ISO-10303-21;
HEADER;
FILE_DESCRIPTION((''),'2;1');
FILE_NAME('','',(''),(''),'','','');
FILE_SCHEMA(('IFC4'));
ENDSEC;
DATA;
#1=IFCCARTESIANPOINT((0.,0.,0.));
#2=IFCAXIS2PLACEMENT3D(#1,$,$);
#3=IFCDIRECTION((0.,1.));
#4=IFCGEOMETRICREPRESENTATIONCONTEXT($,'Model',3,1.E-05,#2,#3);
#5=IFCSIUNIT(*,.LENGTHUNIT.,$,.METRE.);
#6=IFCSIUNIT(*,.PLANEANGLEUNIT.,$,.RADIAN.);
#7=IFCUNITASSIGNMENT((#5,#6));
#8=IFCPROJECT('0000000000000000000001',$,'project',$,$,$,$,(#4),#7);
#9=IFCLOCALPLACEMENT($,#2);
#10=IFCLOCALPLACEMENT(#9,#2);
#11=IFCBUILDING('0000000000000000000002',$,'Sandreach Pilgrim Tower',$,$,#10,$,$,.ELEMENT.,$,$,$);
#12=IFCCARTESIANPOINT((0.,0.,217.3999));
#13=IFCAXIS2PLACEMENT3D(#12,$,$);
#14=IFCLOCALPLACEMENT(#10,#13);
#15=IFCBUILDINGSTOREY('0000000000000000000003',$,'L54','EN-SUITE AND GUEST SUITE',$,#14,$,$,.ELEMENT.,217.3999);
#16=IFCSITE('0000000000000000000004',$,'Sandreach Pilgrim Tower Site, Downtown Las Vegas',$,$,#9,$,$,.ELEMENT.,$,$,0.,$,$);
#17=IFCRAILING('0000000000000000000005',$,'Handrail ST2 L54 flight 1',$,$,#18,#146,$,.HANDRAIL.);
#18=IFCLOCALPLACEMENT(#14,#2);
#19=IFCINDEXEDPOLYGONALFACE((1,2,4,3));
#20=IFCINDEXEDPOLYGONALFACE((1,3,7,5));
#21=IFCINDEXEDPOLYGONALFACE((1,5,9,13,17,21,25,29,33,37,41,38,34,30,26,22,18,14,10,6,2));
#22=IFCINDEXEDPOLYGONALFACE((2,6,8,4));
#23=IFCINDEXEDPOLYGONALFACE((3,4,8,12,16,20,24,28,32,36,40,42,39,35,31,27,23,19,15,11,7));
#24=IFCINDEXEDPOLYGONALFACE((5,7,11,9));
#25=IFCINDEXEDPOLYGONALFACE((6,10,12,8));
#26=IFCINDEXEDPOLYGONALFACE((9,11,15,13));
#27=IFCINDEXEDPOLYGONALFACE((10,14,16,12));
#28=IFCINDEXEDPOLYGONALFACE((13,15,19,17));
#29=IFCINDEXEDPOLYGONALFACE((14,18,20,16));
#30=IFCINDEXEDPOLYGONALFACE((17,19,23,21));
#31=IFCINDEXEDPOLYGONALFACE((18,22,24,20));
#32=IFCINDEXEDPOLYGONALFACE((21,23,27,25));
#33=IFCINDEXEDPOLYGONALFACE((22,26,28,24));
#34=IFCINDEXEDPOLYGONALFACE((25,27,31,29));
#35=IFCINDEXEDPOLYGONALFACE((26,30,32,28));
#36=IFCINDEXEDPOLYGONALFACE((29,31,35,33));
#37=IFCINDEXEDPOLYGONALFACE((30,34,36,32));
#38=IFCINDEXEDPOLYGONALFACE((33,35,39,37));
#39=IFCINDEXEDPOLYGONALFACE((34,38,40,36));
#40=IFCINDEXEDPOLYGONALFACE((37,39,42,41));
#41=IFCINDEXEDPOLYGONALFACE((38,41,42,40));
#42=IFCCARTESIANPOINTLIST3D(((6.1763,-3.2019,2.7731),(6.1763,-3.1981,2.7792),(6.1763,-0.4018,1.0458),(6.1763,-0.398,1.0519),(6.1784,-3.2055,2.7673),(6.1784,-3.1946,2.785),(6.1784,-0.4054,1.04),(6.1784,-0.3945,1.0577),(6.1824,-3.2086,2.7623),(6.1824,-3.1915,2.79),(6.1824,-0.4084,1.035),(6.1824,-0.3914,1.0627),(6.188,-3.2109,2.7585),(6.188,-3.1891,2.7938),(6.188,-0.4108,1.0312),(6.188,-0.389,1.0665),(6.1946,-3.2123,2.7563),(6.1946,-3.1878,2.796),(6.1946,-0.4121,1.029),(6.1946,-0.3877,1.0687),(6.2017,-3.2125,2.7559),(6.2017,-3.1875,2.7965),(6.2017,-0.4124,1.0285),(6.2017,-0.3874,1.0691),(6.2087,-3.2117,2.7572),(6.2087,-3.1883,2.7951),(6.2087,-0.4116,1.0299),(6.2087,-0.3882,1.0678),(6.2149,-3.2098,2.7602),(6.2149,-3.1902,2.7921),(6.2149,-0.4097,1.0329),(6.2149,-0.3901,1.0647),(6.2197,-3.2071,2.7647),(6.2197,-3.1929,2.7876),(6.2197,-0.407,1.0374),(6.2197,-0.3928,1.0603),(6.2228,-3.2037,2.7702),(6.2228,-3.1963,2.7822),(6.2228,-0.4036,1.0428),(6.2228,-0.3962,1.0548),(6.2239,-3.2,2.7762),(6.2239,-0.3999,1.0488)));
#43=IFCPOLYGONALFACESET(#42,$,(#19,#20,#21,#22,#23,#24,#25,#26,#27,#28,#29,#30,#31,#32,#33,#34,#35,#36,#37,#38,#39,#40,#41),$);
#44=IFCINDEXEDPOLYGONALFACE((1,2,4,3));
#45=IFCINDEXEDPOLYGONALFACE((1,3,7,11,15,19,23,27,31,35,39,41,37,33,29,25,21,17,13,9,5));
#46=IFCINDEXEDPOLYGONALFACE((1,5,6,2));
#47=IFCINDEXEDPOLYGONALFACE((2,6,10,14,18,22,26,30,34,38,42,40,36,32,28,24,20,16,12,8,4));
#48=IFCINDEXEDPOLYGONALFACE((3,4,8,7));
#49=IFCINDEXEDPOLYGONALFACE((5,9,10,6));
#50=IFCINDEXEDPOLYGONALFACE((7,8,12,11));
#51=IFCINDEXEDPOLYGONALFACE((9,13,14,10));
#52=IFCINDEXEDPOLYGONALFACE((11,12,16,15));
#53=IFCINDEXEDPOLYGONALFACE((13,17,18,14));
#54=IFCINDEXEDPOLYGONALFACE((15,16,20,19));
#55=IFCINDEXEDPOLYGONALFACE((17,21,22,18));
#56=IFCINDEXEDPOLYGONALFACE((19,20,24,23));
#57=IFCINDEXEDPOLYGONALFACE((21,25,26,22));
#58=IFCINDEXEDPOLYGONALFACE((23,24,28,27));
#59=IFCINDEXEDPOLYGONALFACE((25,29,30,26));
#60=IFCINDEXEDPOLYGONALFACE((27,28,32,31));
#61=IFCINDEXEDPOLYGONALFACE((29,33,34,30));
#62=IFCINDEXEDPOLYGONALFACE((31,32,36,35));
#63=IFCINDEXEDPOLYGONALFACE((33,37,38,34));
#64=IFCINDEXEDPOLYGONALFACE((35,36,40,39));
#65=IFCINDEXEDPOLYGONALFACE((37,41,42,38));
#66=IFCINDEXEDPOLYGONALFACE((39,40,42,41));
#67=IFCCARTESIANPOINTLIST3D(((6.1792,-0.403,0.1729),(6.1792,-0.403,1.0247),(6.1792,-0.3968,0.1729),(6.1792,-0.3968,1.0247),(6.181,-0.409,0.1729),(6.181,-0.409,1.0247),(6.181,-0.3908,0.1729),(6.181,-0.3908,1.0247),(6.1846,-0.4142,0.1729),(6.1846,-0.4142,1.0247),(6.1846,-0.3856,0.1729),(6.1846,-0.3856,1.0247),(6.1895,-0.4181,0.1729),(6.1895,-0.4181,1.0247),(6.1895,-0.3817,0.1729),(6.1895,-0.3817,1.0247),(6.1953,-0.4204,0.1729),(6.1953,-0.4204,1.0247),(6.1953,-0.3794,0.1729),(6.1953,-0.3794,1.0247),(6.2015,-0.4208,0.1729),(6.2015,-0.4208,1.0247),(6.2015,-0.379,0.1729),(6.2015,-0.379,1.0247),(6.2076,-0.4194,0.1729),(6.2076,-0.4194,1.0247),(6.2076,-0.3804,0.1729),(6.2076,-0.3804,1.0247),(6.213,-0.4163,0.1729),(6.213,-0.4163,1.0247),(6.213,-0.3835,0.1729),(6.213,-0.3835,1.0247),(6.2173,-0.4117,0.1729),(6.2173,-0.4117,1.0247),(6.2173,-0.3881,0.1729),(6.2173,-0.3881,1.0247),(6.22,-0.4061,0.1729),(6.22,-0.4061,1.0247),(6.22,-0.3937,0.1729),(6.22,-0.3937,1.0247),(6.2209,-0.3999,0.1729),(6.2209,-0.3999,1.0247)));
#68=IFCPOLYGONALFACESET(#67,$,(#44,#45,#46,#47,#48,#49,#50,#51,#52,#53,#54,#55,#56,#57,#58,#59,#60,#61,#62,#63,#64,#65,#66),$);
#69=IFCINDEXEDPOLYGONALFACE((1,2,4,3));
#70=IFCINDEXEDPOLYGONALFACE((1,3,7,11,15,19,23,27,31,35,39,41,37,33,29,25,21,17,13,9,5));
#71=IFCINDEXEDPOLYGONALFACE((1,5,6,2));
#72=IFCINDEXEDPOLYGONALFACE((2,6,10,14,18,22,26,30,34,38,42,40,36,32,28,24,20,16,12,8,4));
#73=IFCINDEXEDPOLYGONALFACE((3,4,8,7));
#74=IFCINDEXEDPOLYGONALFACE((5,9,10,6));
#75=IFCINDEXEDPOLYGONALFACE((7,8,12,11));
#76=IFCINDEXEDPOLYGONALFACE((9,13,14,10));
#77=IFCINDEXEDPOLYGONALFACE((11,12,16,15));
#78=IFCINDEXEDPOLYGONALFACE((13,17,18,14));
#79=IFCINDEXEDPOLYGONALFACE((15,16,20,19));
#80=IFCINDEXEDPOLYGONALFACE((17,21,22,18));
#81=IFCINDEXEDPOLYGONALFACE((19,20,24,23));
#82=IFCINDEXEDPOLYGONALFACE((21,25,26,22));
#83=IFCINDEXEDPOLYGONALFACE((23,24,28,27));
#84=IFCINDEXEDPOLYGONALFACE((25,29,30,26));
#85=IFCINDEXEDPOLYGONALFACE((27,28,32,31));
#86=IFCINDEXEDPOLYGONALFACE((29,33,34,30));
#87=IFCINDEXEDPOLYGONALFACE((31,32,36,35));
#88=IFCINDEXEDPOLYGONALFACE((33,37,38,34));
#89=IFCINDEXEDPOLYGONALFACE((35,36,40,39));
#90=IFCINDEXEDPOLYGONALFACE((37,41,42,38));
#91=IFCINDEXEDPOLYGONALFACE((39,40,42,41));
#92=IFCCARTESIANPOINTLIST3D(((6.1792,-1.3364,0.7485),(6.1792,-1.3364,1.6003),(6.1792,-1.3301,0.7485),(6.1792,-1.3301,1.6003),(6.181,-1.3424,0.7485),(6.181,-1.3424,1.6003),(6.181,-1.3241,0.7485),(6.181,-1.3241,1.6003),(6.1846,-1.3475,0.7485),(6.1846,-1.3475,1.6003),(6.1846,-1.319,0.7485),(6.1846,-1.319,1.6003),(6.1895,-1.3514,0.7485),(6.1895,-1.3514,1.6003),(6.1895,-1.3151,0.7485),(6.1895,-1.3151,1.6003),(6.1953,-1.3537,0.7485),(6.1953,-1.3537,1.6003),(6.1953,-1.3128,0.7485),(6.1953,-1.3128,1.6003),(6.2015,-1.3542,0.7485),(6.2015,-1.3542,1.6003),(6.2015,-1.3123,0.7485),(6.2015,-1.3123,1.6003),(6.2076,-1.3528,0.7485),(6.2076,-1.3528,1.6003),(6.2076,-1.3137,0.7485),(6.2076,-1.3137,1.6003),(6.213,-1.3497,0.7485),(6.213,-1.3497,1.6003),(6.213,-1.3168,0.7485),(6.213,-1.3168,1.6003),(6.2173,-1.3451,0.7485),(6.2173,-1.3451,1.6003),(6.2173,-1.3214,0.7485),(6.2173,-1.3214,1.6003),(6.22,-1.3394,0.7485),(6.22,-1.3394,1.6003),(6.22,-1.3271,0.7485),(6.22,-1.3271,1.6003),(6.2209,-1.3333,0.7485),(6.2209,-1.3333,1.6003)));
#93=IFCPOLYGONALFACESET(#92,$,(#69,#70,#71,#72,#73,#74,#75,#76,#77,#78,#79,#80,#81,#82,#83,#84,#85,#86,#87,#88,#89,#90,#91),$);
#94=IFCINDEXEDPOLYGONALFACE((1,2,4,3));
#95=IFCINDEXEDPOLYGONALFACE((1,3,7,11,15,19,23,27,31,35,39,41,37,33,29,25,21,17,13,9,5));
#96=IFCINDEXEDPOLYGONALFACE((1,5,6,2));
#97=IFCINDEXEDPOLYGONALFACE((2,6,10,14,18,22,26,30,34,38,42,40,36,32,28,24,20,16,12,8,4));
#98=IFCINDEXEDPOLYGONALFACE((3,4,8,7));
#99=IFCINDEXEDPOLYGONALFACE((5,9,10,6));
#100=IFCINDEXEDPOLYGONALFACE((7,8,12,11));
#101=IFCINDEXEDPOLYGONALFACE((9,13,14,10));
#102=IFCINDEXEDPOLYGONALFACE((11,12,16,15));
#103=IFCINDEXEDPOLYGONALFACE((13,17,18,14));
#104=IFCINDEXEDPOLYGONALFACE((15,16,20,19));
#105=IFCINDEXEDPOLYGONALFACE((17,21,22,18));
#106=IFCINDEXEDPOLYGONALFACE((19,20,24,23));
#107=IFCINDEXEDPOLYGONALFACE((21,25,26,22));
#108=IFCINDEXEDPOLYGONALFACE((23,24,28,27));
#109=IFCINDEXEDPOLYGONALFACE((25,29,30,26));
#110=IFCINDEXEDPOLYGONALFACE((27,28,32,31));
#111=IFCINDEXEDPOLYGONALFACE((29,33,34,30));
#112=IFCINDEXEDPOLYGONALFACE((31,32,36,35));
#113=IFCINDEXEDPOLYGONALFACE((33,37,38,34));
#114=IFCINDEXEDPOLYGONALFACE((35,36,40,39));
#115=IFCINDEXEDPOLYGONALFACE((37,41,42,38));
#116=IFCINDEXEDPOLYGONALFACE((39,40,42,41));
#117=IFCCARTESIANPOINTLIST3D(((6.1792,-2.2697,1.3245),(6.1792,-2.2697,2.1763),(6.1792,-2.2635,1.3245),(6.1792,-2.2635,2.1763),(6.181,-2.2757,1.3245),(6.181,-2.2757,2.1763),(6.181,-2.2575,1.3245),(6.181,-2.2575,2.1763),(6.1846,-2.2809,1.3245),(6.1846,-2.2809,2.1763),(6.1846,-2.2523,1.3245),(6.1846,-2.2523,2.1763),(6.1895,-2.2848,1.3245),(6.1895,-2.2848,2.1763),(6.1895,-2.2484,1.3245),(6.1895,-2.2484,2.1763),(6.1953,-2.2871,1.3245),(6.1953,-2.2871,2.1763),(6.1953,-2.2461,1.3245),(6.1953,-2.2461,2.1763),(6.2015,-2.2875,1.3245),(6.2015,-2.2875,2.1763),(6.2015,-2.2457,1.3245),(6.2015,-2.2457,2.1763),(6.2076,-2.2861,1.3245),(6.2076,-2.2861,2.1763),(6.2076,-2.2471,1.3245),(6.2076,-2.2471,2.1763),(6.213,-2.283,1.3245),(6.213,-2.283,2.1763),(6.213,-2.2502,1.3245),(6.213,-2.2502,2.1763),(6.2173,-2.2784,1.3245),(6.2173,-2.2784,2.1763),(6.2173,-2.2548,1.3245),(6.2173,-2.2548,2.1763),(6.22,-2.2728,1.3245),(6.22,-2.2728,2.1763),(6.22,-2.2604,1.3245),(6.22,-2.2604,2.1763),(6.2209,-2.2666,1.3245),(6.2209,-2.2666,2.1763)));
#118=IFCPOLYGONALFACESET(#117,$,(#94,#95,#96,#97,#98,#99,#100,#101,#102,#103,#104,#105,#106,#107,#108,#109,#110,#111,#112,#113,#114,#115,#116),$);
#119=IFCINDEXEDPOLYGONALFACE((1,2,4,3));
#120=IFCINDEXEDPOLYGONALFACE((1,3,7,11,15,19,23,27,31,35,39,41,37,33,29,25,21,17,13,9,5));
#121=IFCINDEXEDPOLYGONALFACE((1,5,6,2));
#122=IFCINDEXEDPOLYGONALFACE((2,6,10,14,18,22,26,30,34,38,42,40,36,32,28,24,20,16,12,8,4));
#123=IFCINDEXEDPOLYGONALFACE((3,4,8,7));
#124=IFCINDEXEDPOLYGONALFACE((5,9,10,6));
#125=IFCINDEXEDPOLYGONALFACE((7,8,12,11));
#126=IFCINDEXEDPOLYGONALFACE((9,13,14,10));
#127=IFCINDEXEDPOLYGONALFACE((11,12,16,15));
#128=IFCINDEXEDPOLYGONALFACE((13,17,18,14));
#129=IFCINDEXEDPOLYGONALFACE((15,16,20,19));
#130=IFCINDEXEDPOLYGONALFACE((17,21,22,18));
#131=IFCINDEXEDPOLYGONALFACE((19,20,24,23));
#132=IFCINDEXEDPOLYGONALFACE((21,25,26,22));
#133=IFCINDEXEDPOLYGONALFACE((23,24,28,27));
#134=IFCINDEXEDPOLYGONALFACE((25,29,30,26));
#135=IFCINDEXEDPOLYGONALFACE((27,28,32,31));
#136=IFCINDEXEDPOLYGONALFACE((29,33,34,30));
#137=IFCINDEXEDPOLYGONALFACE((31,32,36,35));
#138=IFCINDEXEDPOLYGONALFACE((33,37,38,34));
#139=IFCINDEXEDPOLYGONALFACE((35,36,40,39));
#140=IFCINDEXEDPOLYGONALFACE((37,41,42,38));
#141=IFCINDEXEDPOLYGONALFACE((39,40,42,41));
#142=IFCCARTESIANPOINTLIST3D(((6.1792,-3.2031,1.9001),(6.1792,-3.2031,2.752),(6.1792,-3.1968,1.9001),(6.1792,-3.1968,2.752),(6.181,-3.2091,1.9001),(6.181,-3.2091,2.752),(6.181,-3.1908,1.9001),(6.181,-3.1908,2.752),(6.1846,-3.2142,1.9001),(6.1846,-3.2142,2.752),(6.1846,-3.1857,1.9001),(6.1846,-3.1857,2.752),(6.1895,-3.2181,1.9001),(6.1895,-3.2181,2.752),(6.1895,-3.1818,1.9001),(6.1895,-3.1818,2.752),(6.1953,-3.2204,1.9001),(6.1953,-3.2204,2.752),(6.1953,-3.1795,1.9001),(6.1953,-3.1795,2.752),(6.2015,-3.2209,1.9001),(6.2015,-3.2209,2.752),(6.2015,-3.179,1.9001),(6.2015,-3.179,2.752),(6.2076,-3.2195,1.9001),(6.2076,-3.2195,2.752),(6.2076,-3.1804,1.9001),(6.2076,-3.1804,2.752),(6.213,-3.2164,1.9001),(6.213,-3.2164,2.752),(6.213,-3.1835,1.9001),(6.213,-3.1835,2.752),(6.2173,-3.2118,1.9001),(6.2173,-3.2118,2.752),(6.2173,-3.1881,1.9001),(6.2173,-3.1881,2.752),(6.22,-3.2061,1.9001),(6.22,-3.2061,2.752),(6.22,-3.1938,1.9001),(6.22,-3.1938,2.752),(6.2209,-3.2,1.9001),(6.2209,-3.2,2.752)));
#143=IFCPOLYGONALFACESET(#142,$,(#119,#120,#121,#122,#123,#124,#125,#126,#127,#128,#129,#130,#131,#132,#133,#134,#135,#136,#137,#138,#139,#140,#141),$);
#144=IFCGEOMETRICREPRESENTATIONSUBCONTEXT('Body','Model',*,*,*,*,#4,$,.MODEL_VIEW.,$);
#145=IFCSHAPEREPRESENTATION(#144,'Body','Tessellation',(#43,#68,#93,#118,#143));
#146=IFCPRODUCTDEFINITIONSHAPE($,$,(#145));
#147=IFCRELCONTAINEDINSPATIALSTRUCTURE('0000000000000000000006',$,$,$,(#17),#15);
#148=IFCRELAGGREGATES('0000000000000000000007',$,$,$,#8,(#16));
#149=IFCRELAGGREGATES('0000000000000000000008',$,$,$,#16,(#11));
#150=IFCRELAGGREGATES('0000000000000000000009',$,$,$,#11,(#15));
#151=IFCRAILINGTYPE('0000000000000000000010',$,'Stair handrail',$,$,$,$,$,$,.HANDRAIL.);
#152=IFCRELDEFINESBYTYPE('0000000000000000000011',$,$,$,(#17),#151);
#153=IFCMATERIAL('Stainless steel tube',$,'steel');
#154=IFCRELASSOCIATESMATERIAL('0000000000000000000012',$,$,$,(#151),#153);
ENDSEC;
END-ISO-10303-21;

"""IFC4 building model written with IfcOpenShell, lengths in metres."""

from ifc_helpers import new_model, si_unit, direction, frame, origin, origin_2d, place, context, subcontext, project, spatial, circle, extrude, material, type_object, element, save


model = new_model("IFC4")

# Units and contexts
model_context = context("Model", 3, precision=1e-05, world=origin(), true_north=direction((0.0, 1.0)))
body_context = subcontext(model_context, "Body", "Model", "MODEL_VIEW")
ifc_project = project(units=[si_unit("LENGTHUNIT", "METRE"), si_unit("PLANEANGLEUNIT", "RADIAN")], contexts=[model_context])

# Site, building, storey
site_placement = place(None, origin())
site = spatial("IfcSite", under=ifc_project, at=site_placement, Name="Sandreach Pilgrim Tower Site, Downtown Las Vegas", CompositionType="ELEMENT", RefElevation=0.0)
building_placement = place(site_placement, origin())
building = spatial("IfcBuilding", under=site, at=building_placement, Name="Sandreach Pilgrim Tower", CompositionType="ELEMENT")
storey_placement = place(building_placement, frame((0.0, 0.0, 217.3999)))
storey = spatial("IfcBuildingStorey", under=building, at=storey_placement, Name="L54", Description="EN-SUITE AND GUEST SUITE", CompositionType="ELEMENT", Elevation=217.3999)

# Railing
ifc_material_1 = material(Name="Stainless steel tube", Category="steel")
railing_type = type_object("IfcRailingType", Name="Stair handrail", PredefinedType="HANDRAIL", material=ifc_material_1)
for number, where, name in (
    (1, (6.2, -0.3999, 0.1729), "Handrail ST2 L54 flight 1"),
):
    element("IfcRailing", number, at=place(storey_placement, frame(where)), inside=storey, type_object=railing_type, Name=name, PredefinedType="HANDRAIL", context=body_context, shape_type="SweptSolid", body=[
        extrude(circle(Radius=0.0239, at=origin_2d()), frame((0.0, 0.0, 0.876), z_axis=(0.0, -0.85109, 0.52502), x_axis=(1.0, 0.0, 0.0)), (0.0, 0.0, 1.0), 3.29),
        extrude(circle(Radius=0.021, at=origin_2d()), origin(), (0.0, 0.0, 1.0), 0.8518),
        extrude(circle(Radius=0.021, at=origin_2d()), frame((0.0, -0.9333, 0.5757)), (0.0, 0.0, 1.0), 0.8518),
        extrude(circle(Radius=0.021, at=origin_2d()), frame((0.0, -1.8667, 1.1516)), (0.0, 0.0, 1.0), 0.8518),
        extrude(circle(Radius=0.021, at=origin_2d()), frame((0.0, -2.8, 1.7273)), (0.0, 0.0, 1.0), 0.8518),
    ])

save(model, "model.ifc")
